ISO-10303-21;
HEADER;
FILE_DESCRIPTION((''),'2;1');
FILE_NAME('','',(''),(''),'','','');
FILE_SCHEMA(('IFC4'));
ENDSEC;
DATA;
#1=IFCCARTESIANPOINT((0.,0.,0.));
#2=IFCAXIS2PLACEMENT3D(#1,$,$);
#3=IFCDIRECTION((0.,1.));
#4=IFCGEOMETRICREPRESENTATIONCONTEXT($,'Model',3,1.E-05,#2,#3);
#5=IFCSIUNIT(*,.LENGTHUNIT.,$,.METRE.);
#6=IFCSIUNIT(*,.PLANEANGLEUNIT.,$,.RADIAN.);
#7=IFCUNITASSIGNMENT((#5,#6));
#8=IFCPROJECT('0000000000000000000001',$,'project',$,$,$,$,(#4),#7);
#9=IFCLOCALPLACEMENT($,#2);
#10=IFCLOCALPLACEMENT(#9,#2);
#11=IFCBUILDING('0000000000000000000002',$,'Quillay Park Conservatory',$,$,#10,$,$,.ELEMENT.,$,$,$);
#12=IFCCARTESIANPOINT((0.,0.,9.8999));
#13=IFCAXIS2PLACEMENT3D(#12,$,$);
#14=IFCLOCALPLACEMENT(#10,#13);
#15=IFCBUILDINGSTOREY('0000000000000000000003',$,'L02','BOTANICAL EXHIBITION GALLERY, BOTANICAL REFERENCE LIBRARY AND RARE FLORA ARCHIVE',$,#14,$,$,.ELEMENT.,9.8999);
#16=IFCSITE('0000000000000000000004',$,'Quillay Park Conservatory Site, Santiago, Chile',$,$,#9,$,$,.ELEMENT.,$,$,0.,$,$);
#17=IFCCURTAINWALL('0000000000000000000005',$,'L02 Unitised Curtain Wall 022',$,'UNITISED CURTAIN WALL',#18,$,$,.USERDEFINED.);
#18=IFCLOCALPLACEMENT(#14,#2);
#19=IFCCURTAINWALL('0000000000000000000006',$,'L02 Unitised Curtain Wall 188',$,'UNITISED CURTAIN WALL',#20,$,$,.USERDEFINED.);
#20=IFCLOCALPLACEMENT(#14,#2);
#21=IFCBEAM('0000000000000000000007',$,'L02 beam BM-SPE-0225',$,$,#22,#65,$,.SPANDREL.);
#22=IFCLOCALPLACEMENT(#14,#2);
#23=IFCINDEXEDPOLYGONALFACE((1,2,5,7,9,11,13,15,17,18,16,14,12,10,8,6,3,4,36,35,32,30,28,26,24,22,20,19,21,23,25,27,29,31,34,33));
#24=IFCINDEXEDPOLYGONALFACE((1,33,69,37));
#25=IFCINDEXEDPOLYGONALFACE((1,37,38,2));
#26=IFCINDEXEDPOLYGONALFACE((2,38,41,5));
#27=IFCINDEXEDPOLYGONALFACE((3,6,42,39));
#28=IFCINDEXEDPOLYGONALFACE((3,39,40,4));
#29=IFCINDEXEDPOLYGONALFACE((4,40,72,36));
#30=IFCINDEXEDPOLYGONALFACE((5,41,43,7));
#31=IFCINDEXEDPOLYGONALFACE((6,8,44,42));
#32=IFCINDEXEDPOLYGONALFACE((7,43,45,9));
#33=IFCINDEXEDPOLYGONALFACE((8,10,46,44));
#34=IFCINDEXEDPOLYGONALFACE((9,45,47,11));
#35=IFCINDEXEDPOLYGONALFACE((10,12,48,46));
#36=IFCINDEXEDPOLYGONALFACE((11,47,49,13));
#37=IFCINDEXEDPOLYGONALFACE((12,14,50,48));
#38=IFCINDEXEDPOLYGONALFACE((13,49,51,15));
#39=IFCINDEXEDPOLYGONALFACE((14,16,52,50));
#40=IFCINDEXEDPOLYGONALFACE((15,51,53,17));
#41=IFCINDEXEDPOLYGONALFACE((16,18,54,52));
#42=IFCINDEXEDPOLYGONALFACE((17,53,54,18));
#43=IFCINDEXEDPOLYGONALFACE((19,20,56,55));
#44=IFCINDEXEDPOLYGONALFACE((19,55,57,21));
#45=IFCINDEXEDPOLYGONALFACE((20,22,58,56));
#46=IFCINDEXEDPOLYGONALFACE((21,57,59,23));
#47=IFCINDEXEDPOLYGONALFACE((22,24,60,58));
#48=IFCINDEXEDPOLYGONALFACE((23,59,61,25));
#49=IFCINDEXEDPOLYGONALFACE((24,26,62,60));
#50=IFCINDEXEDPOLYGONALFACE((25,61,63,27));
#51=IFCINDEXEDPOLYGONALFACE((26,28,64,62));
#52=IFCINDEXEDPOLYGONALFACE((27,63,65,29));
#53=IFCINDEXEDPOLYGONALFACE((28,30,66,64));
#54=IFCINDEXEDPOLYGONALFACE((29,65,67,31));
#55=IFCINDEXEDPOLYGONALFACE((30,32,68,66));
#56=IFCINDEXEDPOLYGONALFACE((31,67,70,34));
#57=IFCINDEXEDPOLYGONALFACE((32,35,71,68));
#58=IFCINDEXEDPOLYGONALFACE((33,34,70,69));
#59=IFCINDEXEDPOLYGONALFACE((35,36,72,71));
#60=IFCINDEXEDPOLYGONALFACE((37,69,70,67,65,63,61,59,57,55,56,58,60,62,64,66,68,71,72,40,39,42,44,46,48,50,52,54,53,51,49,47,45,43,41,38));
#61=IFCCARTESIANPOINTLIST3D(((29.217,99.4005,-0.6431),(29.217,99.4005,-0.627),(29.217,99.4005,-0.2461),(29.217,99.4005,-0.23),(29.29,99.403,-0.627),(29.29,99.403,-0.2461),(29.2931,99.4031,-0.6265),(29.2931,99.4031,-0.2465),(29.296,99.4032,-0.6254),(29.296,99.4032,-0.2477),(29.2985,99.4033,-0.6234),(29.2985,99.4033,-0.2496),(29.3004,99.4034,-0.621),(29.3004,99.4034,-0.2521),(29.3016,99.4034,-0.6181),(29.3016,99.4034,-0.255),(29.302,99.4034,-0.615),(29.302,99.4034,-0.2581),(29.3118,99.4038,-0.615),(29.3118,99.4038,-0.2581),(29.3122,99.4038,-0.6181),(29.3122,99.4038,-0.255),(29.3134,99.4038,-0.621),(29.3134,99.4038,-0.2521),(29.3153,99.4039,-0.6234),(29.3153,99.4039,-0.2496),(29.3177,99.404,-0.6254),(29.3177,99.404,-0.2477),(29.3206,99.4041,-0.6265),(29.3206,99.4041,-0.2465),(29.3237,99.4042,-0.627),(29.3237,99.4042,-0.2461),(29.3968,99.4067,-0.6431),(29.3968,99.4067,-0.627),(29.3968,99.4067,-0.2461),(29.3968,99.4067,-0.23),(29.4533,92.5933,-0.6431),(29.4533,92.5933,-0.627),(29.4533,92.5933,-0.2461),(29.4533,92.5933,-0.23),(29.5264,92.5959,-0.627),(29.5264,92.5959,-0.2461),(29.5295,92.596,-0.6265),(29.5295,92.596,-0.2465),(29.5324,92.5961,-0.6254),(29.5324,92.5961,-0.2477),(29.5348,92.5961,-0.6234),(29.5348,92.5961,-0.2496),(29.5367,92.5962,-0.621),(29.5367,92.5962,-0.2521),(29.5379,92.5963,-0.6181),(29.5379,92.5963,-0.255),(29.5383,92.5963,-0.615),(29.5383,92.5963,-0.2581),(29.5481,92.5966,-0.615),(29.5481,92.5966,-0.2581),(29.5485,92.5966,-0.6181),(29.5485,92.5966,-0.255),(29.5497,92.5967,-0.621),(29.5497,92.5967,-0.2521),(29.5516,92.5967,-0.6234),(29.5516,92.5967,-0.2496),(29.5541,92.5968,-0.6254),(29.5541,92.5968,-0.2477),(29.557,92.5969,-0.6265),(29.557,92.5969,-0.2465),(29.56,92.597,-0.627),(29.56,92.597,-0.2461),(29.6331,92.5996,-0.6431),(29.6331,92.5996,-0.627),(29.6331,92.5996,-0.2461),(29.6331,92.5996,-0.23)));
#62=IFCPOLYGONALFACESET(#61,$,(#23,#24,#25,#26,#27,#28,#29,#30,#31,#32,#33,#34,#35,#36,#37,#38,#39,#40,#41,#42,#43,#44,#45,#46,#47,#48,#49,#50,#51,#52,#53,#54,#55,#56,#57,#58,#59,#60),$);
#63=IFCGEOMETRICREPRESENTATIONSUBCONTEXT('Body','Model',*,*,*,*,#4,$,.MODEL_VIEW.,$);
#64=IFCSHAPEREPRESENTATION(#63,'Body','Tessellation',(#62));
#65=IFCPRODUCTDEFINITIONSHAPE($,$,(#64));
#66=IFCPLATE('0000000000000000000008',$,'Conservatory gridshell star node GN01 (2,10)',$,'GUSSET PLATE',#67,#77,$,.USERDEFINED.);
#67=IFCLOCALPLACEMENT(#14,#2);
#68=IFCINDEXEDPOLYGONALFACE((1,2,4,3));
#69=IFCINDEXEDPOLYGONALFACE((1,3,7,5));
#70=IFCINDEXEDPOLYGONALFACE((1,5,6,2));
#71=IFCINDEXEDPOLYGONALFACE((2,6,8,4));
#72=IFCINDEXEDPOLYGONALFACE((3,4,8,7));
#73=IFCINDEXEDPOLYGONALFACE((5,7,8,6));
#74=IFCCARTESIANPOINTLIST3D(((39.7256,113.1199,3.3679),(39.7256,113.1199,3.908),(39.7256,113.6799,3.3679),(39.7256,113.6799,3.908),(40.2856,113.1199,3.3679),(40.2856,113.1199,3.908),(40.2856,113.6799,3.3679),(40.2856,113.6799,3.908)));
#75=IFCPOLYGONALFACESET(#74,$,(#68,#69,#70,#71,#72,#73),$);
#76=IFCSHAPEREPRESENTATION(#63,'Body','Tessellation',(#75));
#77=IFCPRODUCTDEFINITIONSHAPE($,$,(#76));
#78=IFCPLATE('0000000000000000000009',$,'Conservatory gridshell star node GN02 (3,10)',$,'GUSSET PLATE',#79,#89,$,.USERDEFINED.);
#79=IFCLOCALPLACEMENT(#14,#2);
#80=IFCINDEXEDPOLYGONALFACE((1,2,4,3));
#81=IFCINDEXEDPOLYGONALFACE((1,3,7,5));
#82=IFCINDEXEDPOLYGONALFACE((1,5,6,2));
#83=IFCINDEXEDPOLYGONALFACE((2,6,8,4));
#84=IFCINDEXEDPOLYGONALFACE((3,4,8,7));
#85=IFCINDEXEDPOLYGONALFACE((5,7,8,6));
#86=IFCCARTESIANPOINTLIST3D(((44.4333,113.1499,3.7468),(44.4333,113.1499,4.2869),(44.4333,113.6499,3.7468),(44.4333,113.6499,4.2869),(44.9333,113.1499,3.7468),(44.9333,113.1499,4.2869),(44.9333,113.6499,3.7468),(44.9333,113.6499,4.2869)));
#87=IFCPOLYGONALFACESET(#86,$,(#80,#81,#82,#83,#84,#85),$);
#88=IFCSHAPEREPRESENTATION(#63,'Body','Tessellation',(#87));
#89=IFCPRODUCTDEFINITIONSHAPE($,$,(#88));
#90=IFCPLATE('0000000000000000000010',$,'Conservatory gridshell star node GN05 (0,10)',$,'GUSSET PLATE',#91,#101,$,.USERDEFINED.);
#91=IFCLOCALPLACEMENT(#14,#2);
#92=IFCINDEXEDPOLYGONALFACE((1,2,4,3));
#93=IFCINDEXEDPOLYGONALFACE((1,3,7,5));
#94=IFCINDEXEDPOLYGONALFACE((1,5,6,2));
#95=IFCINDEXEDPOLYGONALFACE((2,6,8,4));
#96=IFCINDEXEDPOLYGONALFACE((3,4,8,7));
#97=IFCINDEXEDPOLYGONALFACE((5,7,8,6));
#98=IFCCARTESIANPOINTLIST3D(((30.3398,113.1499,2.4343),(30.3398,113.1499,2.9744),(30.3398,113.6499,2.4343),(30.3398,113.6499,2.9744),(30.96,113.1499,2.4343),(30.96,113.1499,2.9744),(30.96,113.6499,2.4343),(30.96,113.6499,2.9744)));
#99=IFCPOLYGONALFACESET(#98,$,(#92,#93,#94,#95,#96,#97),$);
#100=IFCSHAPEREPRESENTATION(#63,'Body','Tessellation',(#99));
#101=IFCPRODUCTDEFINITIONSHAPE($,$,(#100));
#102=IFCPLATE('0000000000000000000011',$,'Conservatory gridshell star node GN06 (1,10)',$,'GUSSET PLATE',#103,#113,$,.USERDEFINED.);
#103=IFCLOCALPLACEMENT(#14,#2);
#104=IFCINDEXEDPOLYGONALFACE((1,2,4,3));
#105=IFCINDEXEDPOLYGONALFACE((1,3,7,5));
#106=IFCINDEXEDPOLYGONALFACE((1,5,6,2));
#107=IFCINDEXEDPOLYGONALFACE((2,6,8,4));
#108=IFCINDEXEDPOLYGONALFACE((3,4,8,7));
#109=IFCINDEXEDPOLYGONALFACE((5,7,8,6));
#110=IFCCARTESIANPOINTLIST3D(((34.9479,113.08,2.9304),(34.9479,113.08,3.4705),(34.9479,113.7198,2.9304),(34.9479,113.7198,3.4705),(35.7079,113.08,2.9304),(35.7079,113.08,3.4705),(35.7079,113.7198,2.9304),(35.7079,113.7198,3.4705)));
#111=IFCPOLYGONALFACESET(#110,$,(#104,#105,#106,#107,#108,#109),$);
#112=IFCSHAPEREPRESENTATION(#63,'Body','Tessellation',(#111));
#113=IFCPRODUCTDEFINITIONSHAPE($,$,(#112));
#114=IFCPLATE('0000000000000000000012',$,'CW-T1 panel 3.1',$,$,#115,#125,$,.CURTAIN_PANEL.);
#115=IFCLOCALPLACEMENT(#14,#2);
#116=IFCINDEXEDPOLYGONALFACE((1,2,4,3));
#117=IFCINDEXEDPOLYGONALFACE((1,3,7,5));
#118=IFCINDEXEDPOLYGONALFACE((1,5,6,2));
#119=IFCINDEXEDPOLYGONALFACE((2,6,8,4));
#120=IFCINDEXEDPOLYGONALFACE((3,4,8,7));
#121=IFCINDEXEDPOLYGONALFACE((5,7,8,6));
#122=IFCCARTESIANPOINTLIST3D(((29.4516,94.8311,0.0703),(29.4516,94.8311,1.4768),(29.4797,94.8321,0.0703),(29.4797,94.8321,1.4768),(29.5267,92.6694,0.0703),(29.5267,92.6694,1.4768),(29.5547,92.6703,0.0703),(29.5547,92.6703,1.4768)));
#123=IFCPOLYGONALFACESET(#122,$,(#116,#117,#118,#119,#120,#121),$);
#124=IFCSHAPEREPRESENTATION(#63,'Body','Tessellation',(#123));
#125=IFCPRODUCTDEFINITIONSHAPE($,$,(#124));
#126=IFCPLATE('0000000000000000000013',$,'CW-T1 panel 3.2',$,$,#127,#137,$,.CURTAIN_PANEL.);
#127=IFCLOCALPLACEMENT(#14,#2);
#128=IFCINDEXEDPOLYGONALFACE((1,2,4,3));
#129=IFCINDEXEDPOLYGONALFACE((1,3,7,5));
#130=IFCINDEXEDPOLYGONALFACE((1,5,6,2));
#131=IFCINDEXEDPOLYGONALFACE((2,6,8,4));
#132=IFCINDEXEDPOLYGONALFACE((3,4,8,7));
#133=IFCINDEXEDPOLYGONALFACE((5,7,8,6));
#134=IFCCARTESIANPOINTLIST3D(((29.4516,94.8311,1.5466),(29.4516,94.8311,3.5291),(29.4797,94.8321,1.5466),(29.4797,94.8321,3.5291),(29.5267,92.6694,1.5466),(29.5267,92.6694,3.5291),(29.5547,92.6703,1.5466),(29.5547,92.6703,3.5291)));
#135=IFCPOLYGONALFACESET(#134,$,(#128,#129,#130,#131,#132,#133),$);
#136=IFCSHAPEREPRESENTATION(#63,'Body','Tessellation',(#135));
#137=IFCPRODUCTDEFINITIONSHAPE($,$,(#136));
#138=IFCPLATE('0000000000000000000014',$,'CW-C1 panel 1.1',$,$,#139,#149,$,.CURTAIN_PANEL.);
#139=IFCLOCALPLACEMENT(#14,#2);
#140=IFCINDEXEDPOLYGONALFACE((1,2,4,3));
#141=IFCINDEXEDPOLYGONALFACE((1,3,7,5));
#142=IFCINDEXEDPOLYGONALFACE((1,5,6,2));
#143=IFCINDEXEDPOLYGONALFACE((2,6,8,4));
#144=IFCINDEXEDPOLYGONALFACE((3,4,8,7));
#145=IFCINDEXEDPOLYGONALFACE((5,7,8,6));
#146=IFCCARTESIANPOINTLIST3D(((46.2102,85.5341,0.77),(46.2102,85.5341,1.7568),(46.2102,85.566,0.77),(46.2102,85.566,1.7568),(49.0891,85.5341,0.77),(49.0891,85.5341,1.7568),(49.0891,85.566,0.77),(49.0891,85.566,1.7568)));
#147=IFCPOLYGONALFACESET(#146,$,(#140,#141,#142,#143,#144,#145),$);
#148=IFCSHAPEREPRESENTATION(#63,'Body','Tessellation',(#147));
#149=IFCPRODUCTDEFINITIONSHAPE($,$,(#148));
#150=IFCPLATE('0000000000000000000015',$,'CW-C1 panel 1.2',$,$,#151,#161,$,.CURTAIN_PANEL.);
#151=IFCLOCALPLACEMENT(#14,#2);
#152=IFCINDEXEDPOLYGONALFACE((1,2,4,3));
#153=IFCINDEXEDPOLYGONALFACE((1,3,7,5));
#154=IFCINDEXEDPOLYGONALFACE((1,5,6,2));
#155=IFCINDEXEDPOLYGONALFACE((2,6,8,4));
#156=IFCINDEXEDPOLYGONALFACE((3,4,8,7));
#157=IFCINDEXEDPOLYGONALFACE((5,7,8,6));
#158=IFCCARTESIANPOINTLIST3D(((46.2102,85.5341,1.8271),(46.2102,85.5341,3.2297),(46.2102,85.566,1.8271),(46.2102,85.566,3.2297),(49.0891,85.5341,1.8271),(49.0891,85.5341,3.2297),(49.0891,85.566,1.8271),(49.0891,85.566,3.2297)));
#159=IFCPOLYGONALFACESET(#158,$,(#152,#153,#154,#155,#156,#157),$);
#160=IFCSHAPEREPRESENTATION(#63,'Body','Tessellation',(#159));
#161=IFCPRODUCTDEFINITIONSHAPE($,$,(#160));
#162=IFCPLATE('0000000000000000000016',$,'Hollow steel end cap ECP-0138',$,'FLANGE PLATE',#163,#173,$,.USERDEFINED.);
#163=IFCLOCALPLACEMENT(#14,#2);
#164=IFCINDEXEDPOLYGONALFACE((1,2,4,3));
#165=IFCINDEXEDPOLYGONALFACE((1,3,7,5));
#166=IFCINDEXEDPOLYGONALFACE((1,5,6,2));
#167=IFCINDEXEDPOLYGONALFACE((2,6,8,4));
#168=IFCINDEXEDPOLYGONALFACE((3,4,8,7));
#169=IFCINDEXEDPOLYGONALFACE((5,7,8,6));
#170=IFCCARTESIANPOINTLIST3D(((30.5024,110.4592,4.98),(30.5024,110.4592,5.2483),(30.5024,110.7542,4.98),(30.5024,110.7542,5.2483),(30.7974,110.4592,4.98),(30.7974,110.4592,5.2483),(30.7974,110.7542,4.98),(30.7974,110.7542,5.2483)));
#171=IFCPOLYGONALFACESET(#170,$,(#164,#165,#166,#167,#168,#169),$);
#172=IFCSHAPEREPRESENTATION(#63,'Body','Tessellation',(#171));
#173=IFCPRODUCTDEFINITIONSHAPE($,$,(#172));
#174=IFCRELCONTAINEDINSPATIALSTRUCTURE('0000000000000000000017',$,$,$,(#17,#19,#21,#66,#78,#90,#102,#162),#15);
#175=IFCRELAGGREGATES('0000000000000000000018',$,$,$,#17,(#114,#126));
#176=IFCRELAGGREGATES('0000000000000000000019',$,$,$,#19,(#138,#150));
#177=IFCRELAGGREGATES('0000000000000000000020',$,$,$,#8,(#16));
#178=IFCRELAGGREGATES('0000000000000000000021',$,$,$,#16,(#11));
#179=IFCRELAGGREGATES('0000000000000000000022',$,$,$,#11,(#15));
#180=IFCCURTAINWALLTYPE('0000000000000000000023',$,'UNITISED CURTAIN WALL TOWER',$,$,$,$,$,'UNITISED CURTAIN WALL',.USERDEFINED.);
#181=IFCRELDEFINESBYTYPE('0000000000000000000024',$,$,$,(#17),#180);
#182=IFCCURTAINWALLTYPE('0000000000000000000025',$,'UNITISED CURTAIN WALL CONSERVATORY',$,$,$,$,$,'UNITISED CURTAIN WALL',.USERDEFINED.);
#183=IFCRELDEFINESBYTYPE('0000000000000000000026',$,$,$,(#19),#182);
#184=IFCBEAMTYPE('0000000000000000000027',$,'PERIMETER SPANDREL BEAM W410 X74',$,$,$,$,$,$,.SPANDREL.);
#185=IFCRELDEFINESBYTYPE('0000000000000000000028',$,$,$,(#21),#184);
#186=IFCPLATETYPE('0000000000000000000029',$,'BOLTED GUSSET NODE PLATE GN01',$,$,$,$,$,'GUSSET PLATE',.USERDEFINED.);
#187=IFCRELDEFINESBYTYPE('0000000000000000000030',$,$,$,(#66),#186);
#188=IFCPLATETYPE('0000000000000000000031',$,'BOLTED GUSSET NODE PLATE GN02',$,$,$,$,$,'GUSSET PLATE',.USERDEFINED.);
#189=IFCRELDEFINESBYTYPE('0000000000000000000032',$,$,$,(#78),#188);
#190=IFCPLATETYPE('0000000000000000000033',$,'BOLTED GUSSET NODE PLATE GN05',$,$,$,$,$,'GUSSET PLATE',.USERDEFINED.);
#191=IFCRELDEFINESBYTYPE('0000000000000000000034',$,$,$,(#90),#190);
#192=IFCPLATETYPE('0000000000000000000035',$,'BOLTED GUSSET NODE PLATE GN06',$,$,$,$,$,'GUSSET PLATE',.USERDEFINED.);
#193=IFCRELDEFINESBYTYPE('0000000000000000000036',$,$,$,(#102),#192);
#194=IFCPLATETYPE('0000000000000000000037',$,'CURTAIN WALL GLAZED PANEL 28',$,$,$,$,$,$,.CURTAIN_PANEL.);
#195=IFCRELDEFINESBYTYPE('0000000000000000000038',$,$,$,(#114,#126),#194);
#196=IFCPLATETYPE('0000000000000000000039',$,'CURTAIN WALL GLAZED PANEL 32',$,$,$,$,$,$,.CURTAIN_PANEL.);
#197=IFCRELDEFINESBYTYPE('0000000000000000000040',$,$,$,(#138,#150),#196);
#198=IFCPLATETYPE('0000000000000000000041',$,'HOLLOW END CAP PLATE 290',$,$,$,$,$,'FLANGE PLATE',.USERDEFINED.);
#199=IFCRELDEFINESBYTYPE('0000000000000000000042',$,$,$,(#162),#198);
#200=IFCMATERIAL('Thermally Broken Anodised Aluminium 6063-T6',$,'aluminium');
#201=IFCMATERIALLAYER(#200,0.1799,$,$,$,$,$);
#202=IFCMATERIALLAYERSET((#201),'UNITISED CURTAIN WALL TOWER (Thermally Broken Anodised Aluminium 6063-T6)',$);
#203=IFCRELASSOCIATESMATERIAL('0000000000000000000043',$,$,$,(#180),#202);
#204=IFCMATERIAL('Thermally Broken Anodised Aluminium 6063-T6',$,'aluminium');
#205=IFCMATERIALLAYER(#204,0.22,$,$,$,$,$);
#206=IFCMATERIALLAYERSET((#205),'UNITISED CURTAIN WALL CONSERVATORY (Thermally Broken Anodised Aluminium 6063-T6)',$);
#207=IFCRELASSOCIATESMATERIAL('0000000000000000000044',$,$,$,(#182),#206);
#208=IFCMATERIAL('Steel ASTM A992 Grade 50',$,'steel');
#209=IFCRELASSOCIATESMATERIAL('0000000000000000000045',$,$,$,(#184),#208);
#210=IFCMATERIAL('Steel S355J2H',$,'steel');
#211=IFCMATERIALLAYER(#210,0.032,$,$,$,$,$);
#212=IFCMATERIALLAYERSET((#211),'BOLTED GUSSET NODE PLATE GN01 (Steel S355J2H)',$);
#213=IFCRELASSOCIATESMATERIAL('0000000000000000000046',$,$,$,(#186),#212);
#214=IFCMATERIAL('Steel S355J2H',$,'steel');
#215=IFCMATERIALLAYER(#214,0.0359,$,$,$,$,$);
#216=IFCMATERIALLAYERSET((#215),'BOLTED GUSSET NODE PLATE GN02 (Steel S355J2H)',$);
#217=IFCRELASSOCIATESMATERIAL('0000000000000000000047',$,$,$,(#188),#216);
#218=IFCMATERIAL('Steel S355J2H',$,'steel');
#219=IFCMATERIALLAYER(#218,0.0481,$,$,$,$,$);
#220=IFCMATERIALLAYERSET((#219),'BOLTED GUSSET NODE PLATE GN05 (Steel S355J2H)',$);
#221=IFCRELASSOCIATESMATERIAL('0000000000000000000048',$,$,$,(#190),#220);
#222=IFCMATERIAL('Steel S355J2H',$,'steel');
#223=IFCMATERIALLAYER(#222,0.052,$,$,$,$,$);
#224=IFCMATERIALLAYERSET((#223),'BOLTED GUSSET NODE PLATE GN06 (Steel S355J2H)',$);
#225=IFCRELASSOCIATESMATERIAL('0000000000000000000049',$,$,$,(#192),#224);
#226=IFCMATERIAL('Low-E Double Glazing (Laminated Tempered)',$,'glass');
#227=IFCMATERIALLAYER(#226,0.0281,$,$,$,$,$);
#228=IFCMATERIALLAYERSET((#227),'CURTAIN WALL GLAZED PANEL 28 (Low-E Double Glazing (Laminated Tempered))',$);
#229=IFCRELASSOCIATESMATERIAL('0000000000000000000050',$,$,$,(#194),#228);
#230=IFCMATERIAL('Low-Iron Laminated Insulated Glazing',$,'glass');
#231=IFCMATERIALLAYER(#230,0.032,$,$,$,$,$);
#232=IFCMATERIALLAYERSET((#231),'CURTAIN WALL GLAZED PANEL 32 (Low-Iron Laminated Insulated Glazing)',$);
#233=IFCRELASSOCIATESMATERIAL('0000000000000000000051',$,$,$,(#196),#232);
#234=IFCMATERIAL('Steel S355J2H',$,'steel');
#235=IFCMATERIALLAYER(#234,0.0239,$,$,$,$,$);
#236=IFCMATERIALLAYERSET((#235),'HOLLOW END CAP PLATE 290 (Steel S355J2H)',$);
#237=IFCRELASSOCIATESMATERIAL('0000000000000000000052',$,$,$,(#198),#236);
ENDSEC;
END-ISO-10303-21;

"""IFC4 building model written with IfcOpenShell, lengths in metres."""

from ifc_helpers import new_model, si_unit, direction, frame, origin, origin_2d, place, context, subcontext, project, spatial, rectangle, i_section, extrude, material, layer, layer_set, material_profile, profile_set, type_object, element, aggregate, save


model = new_model("IFC4")

# Units and contexts
model_context = context("Model", 3, precision=1e-05, world=origin(), true_north=direction((0.0, 1.0)))
body_context = subcontext(model_context, "Body", "Model", "MODEL_VIEW")
ifc_project = project(units=[si_unit("LENGTHUNIT", "METRE"), si_unit("PLANEANGLEUNIT", "RADIAN")], contexts=[model_context])

# Site, building, storey
site_placement = place(None, origin())
site = spatial("IfcSite", under=ifc_project, at=site_placement, Name="Quillay Park Conservatory Site, Santiago, Chile", CompositionType="ELEMENT", RefElevation=0.0)
building_placement = place(site_placement, origin())
building = spatial("IfcBuilding", under=site, at=building_placement, Name="Quillay Park Conservatory", CompositionType="ELEMENT")
storey_placement = place(building_placement, frame((0.0, 0.0, 9.8999)))
storey = spatial("IfcBuildingStorey", under=building, at=storey_placement, Name="L02", Description="BOTANICAL EXHIBITION GALLERY, BOTANICAL REFERENCE LIBRARY AND RARE FLORA ARCHIVE", CompositionType="ELEMENT", Elevation=9.8999)

# Curtain walls
ifc_material_1 = material(Name="Thermally Broken Anodised Aluminium 6063-T6", Category="aluminium")
ifc_layer_1 = layer(ifc_material_1, 0.1799)
ifc_layer_set_1 = layer_set([ifc_layer_1], Name="UNITISED CURTAIN WALL TOWER (Thermally Broken Anodised Aluminium 6063-T6)")
curtain_wall_type_1 = type_object("IfcCurtainWallType", Name="UNITISED CURTAIN WALL TOWER", ElementType="UNITISED CURTAIN WALL", PredefinedType="USERDEFINED", material=ifc_layer_set_1)
curtain_wall_1_placement = place(storey_placement, origin())
curtain_wall_1 = element("IfcCurtainWall", 1, at=curtain_wall_1_placement, inside=storey, type_object=curtain_wall_type_1, Name="L02 Unitised Curtain Wall 022", ObjectType="UNITISED CURTAIN WALL", PredefinedType="USERDEFINED")
ifc_material_2 = material(Name="Thermally Broken Anodised Aluminium 6063-T6", Category="aluminium")
ifc_layer_2 = layer(ifc_material_2, 0.22)
ifc_layer_set_2 = layer_set([ifc_layer_2], Name="UNITISED CURTAIN WALL CONSERVATORY (Thermally Broken Anodised Aluminium 6063-T6)")
curtain_wall_type_2 = type_object("IfcCurtainWallType", Name="UNITISED CURTAIN WALL CONSERVATORY", ElementType="UNITISED CURTAIN WALL", PredefinedType="USERDEFINED", material=ifc_layer_set_2)
curtain_wall_2_placement = place(storey_placement, origin())
curtain_wall_2 = element("IfcCurtainWall", 2, at=curtain_wall_2_placement, inside=storey, type_object=curtain_wall_type_2, Name="L02 Unitised Curtain Wall 188", ObjectType="UNITISED CURTAIN WALL", PredefinedType="USERDEFINED")

# Beam
ifc_material_3 = material(Name="Steel ASTM A992 Grade 50", Category="steel")
ifc_material_profile_1 = material_profile(ifc_material_3, i_section(OverallWidth=0.1799, OverallDepth=0.4131, WebThickness=0.0098, FlangeThickness=0.0161, FilletRadius=0.012, at=origin_2d()), Name="W410x74")
ifc_profile_set_1 = profile_set([ifc_material_profile_1], Name="Steel ASTM A992 Grade 50")
beam_type_1 = type_object("IfcBeamType", Name="PERIMETER SPANDREL BEAM W410 X74", PredefinedType="SPANDREL", material=ifc_profile_set_1)
beam_1_placement = place(storey_placement, frame((29.5432, 92.5964, -0.4365), z_axis=(-0.034697, 0.999398, 0.0), x_axis=(-0.999398, -0.034697, 0.0)))
element("IfcBeam", 3, at=beam_1_placement, inside=storey, type_object=beam_type_1, Name="L02 beam BM-SPE-0225", PredefinedType="SPANDREL", context=body_context, shape_type="SweptSolid", body=[
    extrude(i_section(OverallWidth=0.1799, OverallDepth=0.4131, WebThickness=0.0098, FlangeThickness=0.0161, FilletRadius=0.012, at=origin_2d()), origin(), (0.0, 0.0, 1.0), 6.8113),
])

# Plates
ifc_material_4 = material(Name="Steel S355J2H", Category="steel")
ifc_layer_3 = layer(ifc_material_4, 0.032)
ifc_layer_set_3 = layer_set([ifc_layer_3], Name="BOLTED GUSSET NODE PLATE GN01 (Steel S355J2H)")
plate_type_1 = type_object("IfcPlateType", Name="BOLTED GUSSET NODE PLATE GN01", ElementType="GUSSET PLATE", PredefinedType="USERDEFINED", material=ifc_layer_set_3)
plate_1_placement = place(storey_placement, frame((40.0056, 113.3999, 3.3679), z_axis=(0.0, 0.0, 1.0), x_axis=(1.0, 0.0, 0.0)))
element("IfcPlate", 4, at=plate_1_placement, inside=storey, type_object=plate_type_1, Name="Conservatory gridshell star node GN01 (2,10)", ObjectType="GUSSET PLATE", PredefinedType="USERDEFINED", context=body_context, shape_type="SweptSolid", body=[
    extrude(rectangle(XDim=0.5601, YDim=0.5601, at=origin_2d()), origin(), (0.0, 0.0, 1.0), 0.54),
])
ifc_material_5 = material(Name="Steel S355J2H", Category="steel")
ifc_layer_4 = layer(ifc_material_5, 0.0359)
ifc_layer_set_4 = layer_set([ifc_layer_4], Name="BOLTED GUSSET NODE PLATE GN02 (Steel S355J2H)")
plate_type_2 = type_object("IfcPlateType", Name="BOLTED GUSSET NODE PLATE GN02", ElementType="GUSSET PLATE", PredefinedType="USERDEFINED", material=ifc_layer_set_4)
plate_2_placement = place(storey_placement, frame((44.6833, 113.3999, 3.7468), z_axis=(0.0, 0.0, 1.0), x_axis=(1.0, 0.0, 0.0)))
element("IfcPlate", 5, at=plate_2_placement, inside=storey, type_object=plate_type_2, Name="Conservatory gridshell star node GN02 (3,10)", ObjectType="GUSSET PLATE", PredefinedType="USERDEFINED", context=body_context, shape_type="SweptSolid", body=[
    extrude(rectangle(XDim=0.5, YDim=0.5, at=origin_2d()), origin(), (0.0, 0.0, 1.0), 0.54),
])
ifc_material_6 = material(Name="Steel S355J2H", Category="steel")
ifc_layer_5 = layer(ifc_material_6, 0.0481)
ifc_layer_set_5 = layer_set([ifc_layer_5], Name="BOLTED GUSSET NODE PLATE GN05 (Steel S355J2H)")
plate_type_3 = type_object("IfcPlateType", Name="BOLTED GUSSET NODE PLATE GN05", ElementType="GUSSET PLATE", PredefinedType="USERDEFINED", material=ifc_layer_set_5)
plate_3_placement = place(storey_placement, frame((30.6499, 113.3999, 2.4343), z_axis=(0.0, 0.0, 1.0), x_axis=(1.0, 0.0, 0.0)))
element("IfcPlate", 6, at=plate_3_placement, inside=storey, type_object=plate_type_3, Name="Conservatory gridshell star node GN05 (0,10)", ObjectType="GUSSET PLATE", PredefinedType="USERDEFINED", context=body_context, shape_type="SweptSolid", body=[
    extrude(rectangle(XDim=0.6201, YDim=0.5, at=origin_2d()), origin(), (0.0, 0.0, 1.0), 0.54),
])
ifc_material_7 = material(Name="Steel S355J2H", Category="steel")
ifc_layer_6 = layer(ifc_material_7, 0.052)
ifc_layer_set_6 = layer_set([ifc_layer_6], Name="BOLTED GUSSET NODE PLATE GN06 (Steel S355J2H)")
plate_type_4 = type_object("IfcPlateType", Name="BOLTED GUSSET NODE PLATE GN06", ElementType="GUSSET PLATE", PredefinedType="USERDEFINED", material=ifc_layer_set_6)
plate_4_placement = place(storey_placement, frame((35.3279, 113.3999, 2.9304), z_axis=(0.0, 0.0, 1.0), x_axis=(1.0, 0.0, 0.0)))
element("IfcPlate", 7, at=plate_4_placement, inside=storey, type_object=plate_type_4, Name="Conservatory gridshell star node GN06 (1,10)", ObjectType="GUSSET PLATE", PredefinedType="USERDEFINED", context=body_context, shape_type="SweptSolid", body=[
    extrude(rectangle(XDim=0.76, YDim=0.6399, at=origin_2d()), origin(), (0.0, 0.0, 1.0), 0.54),
])

# Plates
ifc_material_8 = material(Name="Low-E Double Glazing (Laminated Tempered)", Category="glass")
ifc_layer_7 = layer(ifc_material_8, 0.0281)
ifc_layer_set_7 = layer_set([ifc_layer_7], Name="CURTAIN WALL GLAZED PANEL 28 (Low-E Double Glazing (Laminated Tempered))")
plate_type_5 = type_object("IfcPlateType", Name="CURTAIN WALL GLAZED PANEL 28", PredefinedType="CURTAIN_PANEL", material=ifc_layer_set_7)
plate_5_placement = place(storey_placement, frame((29.5032, 93.7507, 0.0703), z_axis=(0.0, 0.0, 1.0), x_axis=(0.034713, -0.999397, 0.0)))
plate_5 = element("IfcPlate", 8, at=plate_5_placement, type_object=plate_type_5, Name="CW-T1 panel 3.1", PredefinedType="CURTAIN_PANEL", context=body_context, shape_type="SweptSolid", body=[
    extrude(rectangle(XDim=2.1631, YDim=0.0281, at=origin_2d()), origin(), (0.0, 0.0, 1.0), 1.4065),
])
plate_6_placement = place(storey_placement, frame((29.5032, 93.7507, 1.5466), z_axis=(0.0, 0.0, 1.0), x_axis=(0.034713, -0.999397, 0.0)))
plate_6 = element("IfcPlate", 9, at=plate_6_placement, type_object=plate_type_5, Name="CW-T1 panel 3.2", PredefinedType="CURTAIN_PANEL", context=body_context, shape_type="SweptSolid", body=[
    extrude(rectangle(XDim=2.1631, YDim=0.0281, at=origin_2d()), origin(), (0.0, 0.0, 1.0), 1.9824),
])
aggregate(curtain_wall_1, [plate_5, plate_6])
ifc_material_9 = material(Name="Low-Iron Laminated Insulated Glazing", Category="glass")
ifc_layer_8 = layer(ifc_material_9, 0.032)
ifc_layer_set_8 = layer_set([ifc_layer_8], Name="CURTAIN WALL GLAZED PANEL 32 (Low-Iron Laminated Insulated Glazing)")
plate_type_6 = type_object("IfcPlateType", Name="CURTAIN WALL GLAZED PANEL 32", PredefinedType="CURTAIN_PANEL", material=ifc_layer_set_8)
plate_7_placement = place(storey_placement, frame((47.6497, 85.55, 0.77), z_axis=(0.0, 0.0, 1.0), x_axis=(-1.0, 0.0, 0.0)))
plate_7 = element("IfcPlate", 10, at=plate_7_placement, type_object=plate_type_6, Name="CW-C1 panel 1.1", PredefinedType="CURTAIN_PANEL", context=body_context, shape_type="SweptSolid", body=[
    extrude(rectangle(XDim=2.8789, YDim=0.032, at=origin_2d()), origin(), (0.0, 0.0, 1.0), 0.9868),
])
plate_8_placement = place(storey_placement, frame((47.6497, 85.55, 1.8271), z_axis=(0.0, 0.0, 1.0), x_axis=(-1.0, 0.0, 0.0)))
plate_8 = element("IfcPlate", 11, at=plate_8_placement, type_object=plate_type_6, Name="CW-C1 panel 1.2", PredefinedType="CURTAIN_PANEL", context=body_context, shape_type="SweptSolid", body=[
    extrude(rectangle(XDim=2.8789, YDim=0.032, at=origin_2d()), origin(), (0.0, 0.0, 1.0), 1.4026),
])
aggregate(curtain_wall_2, [plate_7, plate_8])
ifc_material_10 = material(Name="Steel S355J2H", Category="steel")
ifc_layer_9 = layer(ifc_material_10, 0.0239)
ifc_layer_set_9 = layer_set([ifc_layer_9], Name="HOLLOW END CAP PLATE 290 (Steel S355J2H)")
plate_type_7 = type_object("IfcPlateType", Name="HOLLOW END CAP PLATE 290", ElementType="FLANGE PLATE", PredefinedType="USERDEFINED", material=ifc_layer_set_9)
plate_9_placement = place(storey_placement, frame((30.6499, 110.6067, 4.98), z_axis=(0.0, 0.0, 1.0), x_axis=(1.0, 0.0, 0.0)))
element("IfcPlate", 12, at=plate_9_placement, inside=storey, type_object=plate_type_7, Name="Hollow steel end cap ECP-0138", ObjectType="FLANGE PLATE", PredefinedType="USERDEFINED", context=body_context, shape_type="SweptSolid", body=[
    extrude(rectangle(XDim=0.2949, YDim=0.2949, at=origin_2d()), origin(), (0.0, 0.0, 1.0), 0.2683),
])

save(model, "model.ifc")
